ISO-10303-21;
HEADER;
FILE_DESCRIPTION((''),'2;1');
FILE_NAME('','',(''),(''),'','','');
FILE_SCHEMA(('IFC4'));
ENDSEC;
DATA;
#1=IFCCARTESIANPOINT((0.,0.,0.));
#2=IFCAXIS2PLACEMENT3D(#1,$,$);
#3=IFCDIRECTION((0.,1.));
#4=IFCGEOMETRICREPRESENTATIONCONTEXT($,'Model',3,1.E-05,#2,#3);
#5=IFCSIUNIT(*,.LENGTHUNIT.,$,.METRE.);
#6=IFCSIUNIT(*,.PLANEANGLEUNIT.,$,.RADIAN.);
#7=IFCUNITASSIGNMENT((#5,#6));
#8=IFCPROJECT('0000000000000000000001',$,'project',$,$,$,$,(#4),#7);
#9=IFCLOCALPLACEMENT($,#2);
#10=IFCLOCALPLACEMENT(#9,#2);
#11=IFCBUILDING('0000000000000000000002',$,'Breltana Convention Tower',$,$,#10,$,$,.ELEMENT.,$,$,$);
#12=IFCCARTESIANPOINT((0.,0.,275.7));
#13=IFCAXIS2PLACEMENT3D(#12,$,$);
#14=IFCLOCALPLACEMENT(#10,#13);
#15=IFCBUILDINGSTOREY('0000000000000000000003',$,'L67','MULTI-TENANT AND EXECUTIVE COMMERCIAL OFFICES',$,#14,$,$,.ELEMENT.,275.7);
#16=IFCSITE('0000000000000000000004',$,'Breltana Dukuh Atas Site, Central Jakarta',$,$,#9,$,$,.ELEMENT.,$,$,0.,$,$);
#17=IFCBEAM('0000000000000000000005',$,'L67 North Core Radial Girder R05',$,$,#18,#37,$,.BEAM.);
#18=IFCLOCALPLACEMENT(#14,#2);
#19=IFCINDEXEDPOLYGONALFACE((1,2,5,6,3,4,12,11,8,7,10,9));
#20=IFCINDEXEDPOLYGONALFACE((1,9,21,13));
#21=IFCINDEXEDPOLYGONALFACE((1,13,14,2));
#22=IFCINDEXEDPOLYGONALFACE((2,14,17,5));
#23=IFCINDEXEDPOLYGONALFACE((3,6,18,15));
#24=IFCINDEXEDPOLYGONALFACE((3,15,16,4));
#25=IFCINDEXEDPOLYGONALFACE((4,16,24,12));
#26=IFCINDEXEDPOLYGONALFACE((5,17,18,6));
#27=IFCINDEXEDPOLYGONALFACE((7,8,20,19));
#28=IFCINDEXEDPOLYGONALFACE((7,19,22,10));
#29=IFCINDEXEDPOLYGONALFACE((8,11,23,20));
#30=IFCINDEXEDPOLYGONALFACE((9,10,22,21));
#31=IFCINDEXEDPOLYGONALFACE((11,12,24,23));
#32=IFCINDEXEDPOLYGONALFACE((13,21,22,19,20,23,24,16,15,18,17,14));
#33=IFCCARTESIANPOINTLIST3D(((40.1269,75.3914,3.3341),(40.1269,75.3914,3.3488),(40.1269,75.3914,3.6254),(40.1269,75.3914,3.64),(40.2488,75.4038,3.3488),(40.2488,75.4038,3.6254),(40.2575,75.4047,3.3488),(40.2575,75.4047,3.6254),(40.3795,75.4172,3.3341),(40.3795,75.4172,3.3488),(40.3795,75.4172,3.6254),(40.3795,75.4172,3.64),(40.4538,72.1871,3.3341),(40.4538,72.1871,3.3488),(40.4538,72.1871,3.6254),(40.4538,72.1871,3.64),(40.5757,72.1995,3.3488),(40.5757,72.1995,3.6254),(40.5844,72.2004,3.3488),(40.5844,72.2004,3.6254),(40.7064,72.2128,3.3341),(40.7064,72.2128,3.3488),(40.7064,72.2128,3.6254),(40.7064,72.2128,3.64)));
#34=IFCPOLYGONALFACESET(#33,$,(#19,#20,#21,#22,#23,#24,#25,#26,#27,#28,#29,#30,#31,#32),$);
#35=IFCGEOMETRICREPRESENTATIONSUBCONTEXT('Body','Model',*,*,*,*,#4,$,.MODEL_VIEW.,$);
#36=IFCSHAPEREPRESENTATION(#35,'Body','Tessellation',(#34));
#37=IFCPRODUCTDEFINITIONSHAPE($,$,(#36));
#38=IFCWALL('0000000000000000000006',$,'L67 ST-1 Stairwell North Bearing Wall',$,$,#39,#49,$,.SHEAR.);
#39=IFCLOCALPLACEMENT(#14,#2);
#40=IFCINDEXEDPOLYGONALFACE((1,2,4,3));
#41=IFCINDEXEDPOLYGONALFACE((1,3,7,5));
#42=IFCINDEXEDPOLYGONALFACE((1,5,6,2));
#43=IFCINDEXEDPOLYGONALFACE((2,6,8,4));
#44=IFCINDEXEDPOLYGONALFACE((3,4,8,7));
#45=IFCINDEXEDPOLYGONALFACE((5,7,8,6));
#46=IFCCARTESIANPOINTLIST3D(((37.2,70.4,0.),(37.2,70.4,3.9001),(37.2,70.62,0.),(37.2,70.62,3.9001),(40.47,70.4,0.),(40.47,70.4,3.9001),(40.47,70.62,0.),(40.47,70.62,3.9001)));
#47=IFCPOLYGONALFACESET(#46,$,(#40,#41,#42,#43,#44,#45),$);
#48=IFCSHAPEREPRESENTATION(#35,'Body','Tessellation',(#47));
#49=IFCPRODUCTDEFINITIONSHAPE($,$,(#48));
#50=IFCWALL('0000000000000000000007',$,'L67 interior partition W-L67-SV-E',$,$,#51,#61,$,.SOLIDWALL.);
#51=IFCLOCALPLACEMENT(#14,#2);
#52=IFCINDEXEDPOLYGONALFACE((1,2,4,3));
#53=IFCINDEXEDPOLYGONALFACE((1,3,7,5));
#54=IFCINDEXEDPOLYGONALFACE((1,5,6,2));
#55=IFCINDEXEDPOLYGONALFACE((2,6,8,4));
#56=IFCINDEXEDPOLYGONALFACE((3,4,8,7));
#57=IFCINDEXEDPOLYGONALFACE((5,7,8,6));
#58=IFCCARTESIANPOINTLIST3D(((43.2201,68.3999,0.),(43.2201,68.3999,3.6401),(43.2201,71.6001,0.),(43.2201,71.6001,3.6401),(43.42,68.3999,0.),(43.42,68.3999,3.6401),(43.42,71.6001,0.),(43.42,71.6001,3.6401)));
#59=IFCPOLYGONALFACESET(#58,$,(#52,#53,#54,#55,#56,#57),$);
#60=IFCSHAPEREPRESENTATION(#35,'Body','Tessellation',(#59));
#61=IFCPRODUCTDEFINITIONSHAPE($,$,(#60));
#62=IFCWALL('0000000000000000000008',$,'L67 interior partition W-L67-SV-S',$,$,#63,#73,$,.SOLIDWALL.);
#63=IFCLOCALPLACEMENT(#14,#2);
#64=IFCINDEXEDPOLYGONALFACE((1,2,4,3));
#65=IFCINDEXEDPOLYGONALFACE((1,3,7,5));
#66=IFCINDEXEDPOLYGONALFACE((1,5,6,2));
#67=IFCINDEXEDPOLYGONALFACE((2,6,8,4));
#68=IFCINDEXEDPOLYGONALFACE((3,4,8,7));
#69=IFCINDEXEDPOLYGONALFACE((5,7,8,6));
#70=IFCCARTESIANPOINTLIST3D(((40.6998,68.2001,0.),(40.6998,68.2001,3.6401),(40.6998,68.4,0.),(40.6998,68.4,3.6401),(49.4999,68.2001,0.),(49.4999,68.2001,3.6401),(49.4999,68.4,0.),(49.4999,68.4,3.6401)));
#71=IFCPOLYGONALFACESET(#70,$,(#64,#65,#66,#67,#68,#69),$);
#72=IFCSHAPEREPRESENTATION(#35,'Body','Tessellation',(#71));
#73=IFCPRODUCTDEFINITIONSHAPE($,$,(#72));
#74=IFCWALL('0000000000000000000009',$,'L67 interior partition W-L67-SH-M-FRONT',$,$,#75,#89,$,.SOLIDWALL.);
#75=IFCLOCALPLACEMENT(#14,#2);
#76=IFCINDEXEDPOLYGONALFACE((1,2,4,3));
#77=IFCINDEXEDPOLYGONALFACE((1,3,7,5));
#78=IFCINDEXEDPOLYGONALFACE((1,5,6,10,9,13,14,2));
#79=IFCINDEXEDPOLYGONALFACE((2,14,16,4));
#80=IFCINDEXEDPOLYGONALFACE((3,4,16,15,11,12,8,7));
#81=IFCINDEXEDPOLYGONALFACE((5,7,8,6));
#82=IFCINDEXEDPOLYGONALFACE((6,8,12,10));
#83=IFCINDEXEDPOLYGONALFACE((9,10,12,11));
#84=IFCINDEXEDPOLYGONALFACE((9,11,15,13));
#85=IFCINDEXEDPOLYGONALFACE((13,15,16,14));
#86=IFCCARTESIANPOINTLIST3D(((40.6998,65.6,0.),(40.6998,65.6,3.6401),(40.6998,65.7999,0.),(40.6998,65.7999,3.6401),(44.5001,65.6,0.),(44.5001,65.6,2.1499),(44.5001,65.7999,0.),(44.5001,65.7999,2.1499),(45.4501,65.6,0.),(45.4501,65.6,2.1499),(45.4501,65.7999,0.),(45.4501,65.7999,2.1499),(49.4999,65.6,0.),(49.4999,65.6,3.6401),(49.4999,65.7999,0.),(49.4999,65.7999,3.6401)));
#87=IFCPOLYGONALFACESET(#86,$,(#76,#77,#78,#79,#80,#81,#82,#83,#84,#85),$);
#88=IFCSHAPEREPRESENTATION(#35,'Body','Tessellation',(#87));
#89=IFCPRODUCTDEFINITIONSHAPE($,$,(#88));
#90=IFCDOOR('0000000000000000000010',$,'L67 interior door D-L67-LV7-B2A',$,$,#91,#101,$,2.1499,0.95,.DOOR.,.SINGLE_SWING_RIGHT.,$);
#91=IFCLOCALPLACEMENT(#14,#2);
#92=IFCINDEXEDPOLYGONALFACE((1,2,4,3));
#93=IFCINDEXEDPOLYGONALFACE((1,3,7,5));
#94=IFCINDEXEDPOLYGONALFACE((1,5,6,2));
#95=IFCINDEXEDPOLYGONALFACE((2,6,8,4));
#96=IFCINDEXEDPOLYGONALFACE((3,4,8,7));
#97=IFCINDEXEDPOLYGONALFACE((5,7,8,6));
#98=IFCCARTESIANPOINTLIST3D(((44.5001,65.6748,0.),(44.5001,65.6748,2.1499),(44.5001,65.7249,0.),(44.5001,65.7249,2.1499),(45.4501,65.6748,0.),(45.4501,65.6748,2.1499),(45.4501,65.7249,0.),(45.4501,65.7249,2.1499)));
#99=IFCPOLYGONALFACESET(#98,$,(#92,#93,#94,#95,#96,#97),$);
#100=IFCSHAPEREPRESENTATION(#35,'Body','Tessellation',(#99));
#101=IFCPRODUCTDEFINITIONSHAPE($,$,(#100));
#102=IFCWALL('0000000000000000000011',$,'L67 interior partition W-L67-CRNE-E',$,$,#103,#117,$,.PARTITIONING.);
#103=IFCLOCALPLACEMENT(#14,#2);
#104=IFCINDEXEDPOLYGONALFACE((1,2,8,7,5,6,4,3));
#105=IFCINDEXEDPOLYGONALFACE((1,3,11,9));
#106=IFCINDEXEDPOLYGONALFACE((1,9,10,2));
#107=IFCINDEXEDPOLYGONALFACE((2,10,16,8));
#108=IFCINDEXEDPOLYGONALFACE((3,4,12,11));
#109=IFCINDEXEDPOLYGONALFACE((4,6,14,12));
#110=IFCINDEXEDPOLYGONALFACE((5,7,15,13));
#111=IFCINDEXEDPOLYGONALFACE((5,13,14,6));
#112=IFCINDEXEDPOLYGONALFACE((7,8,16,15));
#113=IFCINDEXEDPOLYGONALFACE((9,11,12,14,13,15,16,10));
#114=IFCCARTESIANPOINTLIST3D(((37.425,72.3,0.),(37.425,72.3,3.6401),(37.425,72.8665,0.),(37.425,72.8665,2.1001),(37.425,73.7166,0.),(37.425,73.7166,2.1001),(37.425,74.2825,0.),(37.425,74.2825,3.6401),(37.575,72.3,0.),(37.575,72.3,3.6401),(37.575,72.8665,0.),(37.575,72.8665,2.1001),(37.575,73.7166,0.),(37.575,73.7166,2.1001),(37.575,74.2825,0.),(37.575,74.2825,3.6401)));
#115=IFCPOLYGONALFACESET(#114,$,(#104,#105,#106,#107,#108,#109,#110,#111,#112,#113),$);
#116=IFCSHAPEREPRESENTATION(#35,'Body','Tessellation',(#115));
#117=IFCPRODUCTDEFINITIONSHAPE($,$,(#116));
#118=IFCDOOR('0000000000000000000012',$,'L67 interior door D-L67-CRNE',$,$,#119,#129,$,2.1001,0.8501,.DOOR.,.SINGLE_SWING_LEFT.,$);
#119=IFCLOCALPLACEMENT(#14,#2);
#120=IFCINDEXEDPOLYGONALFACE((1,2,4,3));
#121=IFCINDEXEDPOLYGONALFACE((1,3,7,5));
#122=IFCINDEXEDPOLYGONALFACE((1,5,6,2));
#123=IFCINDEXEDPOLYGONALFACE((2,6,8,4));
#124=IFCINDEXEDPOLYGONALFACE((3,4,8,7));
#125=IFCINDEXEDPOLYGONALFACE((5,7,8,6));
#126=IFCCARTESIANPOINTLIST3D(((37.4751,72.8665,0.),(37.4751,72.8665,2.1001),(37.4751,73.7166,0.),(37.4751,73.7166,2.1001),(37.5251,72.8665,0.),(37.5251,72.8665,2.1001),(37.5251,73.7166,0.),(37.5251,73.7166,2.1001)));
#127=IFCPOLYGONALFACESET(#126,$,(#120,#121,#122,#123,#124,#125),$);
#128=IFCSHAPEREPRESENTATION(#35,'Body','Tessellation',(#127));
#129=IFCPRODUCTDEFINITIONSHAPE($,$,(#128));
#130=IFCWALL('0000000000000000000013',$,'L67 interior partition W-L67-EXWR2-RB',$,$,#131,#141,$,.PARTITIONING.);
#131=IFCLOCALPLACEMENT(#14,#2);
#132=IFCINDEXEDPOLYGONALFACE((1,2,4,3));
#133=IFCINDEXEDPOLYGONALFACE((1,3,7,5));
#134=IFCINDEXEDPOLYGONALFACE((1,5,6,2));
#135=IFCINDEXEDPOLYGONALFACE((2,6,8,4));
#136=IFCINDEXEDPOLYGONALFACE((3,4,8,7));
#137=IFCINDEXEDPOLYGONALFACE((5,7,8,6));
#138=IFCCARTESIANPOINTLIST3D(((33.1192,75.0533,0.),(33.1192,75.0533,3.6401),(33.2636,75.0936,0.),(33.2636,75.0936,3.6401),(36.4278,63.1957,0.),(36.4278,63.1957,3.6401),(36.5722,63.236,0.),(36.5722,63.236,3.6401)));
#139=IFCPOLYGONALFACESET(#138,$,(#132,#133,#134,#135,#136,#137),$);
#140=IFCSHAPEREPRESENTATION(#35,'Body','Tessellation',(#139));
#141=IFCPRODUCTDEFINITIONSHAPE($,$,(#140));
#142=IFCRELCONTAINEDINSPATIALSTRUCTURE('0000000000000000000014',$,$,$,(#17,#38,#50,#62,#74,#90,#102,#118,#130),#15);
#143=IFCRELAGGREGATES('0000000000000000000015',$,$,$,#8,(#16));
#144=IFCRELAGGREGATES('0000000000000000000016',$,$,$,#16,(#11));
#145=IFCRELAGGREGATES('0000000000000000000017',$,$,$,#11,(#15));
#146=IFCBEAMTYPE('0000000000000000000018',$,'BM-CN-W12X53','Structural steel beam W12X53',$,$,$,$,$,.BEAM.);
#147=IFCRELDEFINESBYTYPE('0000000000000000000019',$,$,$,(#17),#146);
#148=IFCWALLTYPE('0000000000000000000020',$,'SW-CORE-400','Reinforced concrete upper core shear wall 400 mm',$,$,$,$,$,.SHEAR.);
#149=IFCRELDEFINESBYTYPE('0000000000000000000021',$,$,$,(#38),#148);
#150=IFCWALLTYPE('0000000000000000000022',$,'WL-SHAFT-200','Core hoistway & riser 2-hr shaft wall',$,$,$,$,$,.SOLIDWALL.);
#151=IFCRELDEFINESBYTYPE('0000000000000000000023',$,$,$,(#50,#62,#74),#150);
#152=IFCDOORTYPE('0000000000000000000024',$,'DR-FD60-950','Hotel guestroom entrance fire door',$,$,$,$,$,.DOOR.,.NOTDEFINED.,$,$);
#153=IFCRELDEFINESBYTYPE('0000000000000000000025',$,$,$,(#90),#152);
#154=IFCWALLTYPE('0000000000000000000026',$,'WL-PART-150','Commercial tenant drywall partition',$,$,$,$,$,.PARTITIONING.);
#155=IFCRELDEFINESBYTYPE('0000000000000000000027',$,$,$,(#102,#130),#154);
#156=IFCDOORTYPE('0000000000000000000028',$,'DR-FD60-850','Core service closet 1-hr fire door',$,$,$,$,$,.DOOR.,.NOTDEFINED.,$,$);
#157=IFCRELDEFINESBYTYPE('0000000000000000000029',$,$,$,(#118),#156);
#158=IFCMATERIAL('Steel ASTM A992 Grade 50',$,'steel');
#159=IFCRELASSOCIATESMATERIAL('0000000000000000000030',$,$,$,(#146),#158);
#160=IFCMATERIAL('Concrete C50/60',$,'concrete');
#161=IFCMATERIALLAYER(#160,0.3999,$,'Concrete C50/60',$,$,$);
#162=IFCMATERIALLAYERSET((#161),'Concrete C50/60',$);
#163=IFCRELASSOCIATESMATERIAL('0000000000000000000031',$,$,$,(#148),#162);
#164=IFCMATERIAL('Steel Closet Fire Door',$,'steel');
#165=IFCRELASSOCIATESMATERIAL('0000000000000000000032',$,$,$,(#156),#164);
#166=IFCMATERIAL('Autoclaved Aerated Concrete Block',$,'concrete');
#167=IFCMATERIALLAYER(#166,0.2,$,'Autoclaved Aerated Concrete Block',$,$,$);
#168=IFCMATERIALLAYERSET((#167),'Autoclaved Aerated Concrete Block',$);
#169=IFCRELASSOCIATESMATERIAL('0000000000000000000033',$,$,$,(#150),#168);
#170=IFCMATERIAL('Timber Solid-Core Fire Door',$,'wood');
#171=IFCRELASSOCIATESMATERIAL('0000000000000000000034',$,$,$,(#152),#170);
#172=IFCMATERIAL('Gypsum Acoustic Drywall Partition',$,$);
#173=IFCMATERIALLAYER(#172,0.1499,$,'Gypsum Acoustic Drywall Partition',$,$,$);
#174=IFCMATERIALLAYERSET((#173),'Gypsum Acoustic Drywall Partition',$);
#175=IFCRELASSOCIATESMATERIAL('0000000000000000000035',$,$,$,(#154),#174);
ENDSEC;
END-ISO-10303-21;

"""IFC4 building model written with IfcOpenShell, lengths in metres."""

from ifc_helpers import new_model, si_unit, direction, frame, frame_2d, origin, origin_2d, place, context, subcontext, project, spatial, rectangle, i_section, extrude, source, transform, mapped, material, layer, layer_set, material_profile, profile_set, type_object, type_shapes, element, fill, save


model = new_model("IFC4")

# Units and contexts
model_context = context("Model", 3, precision=1e-05, world=origin(), true_north=direction((0.0, 1.0)))
body_context = subcontext(model_context, "Body", "Model", "MODEL_VIEW")
ifc_project = project(units=[si_unit("LENGTHUNIT", "METRE"), si_unit("PLANEANGLEUNIT", "RADIAN")], contexts=[model_context])

# Site, building, storey
site_placement = place(None, origin())
site = spatial("IfcSite", under=ifc_project, at=site_placement, Name="Breltana Dukuh Atas Site, Central Jakarta", CompositionType="ELEMENT", RefElevation=0.0)
building_placement = place(site_placement, origin())
building = spatial("IfcBuilding", under=site, at=building_placement, Name="Breltana Convention Tower", CompositionType="ELEMENT")
storey_placement = place(building_placement, frame((0.0, 0.0, 275.7)))
storey = spatial("IfcBuildingStorey", under=building, at=storey_placement, Name="L67", Description="MULTI-TENANT AND EXECUTIVE COMMERCIAL OFFICES", CompositionType="ELEMENT", Elevation=275.7)

# Beam
ifc_material_1 = material(Name="Steel ASTM A992 Grade 50", Category="steel")
ifc_material_profile = material_profile(ifc_material_1, i_section(OverallWidth=0.2539, OverallDepth=0.3059, WebThickness=0.0088, FlangeThickness=0.0146, at=origin_2d()), Name="W12X53")
ifc_profile_set = profile_set([ifc_material_profile], Name="Steel ASTM A992 Grade 50")
beam_type = type_object("IfcBeamType", Name="BM-CN-W12X53", Description="Structural steel beam W12X53", PredefinedType="BEAM", material=ifc_profile_set)
shared_shape_1 = source(origin(), body_context, "Body", "SweptSolid", [
    extrude(i_section(OverallWidth=0.2539, OverallDepth=0.3059, WebThickness=0.0088, FlangeThickness=0.0146, at=origin_2d()), origin(), (0.0, 0.0, 1.0), 3.2209),
])
beam_placement = place(storey_placement, frame((40.5801, 72.2, 3.4871), z_axis=(-0.101492, 0.994836, 0.0), x_axis=(-0.994836, -0.101492, 0.0)))
element("IfcBeam", 1, at=beam_placement, inside=storey, type_object=beam_type, Name="L67 North Core Radial Girder R05", PredefinedType="BEAM", context=body_context, shape_type="MappedRepresentation", body=[
    mapped(shared_shape_1, transform((0.0, 0.0, 0.0), scale=1.0)),
])

# Wall
ifc_material_2 = material(Name="Concrete C50/60", Category="concrete")
ifc_layer_1 = layer(ifc_material_2, 0.3999, Name="Concrete C50/60")
ifc_layer_set_1 = layer_set([ifc_layer_1], Name="Concrete C50/60")
wall_type_1 = type_object("IfcWallType", Name="SW-CORE-400", Description="Reinforced concrete upper core shear wall 400 mm", PredefinedType="SHEAR", material=ifc_layer_set_1)
shared_shape_2 = source(origin(), body_context, "Body", "SweptSolid", [
    extrude(rectangle(XDim=3.27, YDim=0.22, at=frame_2d((1.635, 0.0))), origin(), (0.0, 0.0, 1.0), 3.9001),
])
wall_1_placement = place(storey_placement, frame((37.2, 70.51, 0.0), z_axis=(0.0, 0.0, 1.0), x_axis=(1.0, 0.0, 0.0)))
element("IfcWall", 2, at=wall_1_placement, inside=storey, type_object=wall_type_1, Name="L67 ST-1 Stairwell North Bearing Wall", PredefinedType="SHEAR", context=body_context, shape_type="MappedRepresentation", body=[
    mapped(shared_shape_2, transform((0.0, 0.0, 0.0), scale=1.0)),
])

# Shared definitions
ifc_material_3 = material(Name="Steel Closet Fire Door", Category="steel")
door_type_1 = type_object("IfcDoorType", Name="DR-FD60-850", Description="Core service closet 1-hr fire door", OperationType="NOTDEFINED", PredefinedType="DOOR", material=ifc_material_3)
shared_shape_3 = source(origin(), body_context, "Body", "SweptSolid", [
    extrude(rectangle(XDim=0.8501, YDim=2.1001, at=frame_2d((0.425, 1.05))), frame((0.0, 0.0249, 0.0), z_axis=(0.0, -1.0, 0.0), x_axis=(1.0, 0.0, 0.0)), (0.0, 0.0, 1.0), 0.05),
])
type_shapes(door_type_1, [shared_shape_3])

# Walls
ifc_material_4 = material(Name="Autoclaved Aerated Concrete Block", Category="concrete")
ifc_layer_2 = layer(ifc_material_4, 0.2, Name="Autoclaved Aerated Concrete Block")
ifc_layer_set_2 = layer_set([ifc_layer_2], Name="Autoclaved Aerated Concrete Block")
wall_type_2 = type_object("IfcWallType", Name="WL-SHAFT-200", Description="Core hoistway & riser 2-hr shaft wall", PredefinedType="SOLIDWALL", material=ifc_layer_set_2)
shared_shape_4 = source(origin(), body_context, "Body", "SweptSolid", [
    extrude(rectangle(XDim=3.2002, YDim=0.2, at=frame_2d((1.6001, 0.0))), origin(), (0.0, 0.0, 1.0), 3.6401),
])
wall_2_placement = place(storey_placement, frame((43.3201, 68.3999, 0.0), z_axis=(0.0, 0.0, 1.0), x_axis=(0.0, 1.0, 0.0)))
element("IfcWall", 3, at=wall_2_placement, inside=storey, type_object=wall_type_2, Name="L67 interior partition W-L67-SV-E", PredefinedType="SOLIDWALL", context=body_context, shape_type="MappedRepresentation", body=[
    mapped(shared_shape_4, transform((0.0, 0.0, 0.0), scale=1.0)),
])
shared_shape_5 = source(origin(), body_context, "Body", "SweptSolid", [
    extrude(rectangle(XDim=8.8, YDim=0.2, at=frame_2d((4.3999, 0.0))), origin(), (0.0, 0.0, 1.0), 3.6401),
])
wall_3_placement = place(storey_placement, frame((40.7, 68.3, 0.0), z_axis=(0.0, 0.0, 1.0), x_axis=(1.0, 0.0, 0.0)))
element("IfcWall", 4, at=wall_3_placement, inside=storey, type_object=wall_type_2, Name="L67 interior partition W-L67-SV-S", PredefinedType="SOLIDWALL", context=body_context, shape_type="MappedRepresentation", body=[
    mapped(shared_shape_5, transform((0.0, 0.0, 0.0), scale=1.0)),
])

# Wall, opening, door
wall_4_placement = place(storey_placement, frame((40.7, 65.7, 0.0), z_axis=(0.0, 0.0, 1.0), x_axis=(1.0, 0.0, 0.0)))
wall_4 = element("IfcWall", 5, at=wall_4_placement, inside=storey, type_object=wall_type_2, Name="L67 interior partition W-L67-SH-M-FRONT", PredefinedType="SOLIDWALL", context=body_context, shape_type="MappedRepresentation", body=[
    mapped(shared_shape_5, transform((0.0, 0.0, 0.0), scale=1.0)),
])
opening_1_placement = place(wall_4_placement, frame((3.8, 0.0, 0.0)))
opening_1 = element("IfcOpeningElement", 6, at=opening_1_placement, cuts=wall_4, PredefinedType="OPENING", context=body_context, shape_type="SweptSolid", body=[
    extrude(rectangle(XDim=0.95, YDim=2.1499, at=frame_2d((0.4751, 1.075))), frame((0.0, 0.1099, 0.0), z_axis=(0.0, -1.0, 0.0), x_axis=(1.0, 0.0, 0.0)), (0.0, 0.0, 1.0), 0.22),
])
ifc_material_5 = material(Name="Timber Solid-Core Fire Door", Category="wood")
door_type_2 = type_object("IfcDoorType", Name="DR-FD60-950", Description="Hotel guestroom entrance fire door", OperationType="NOTDEFINED", PredefinedType="DOOR", material=ifc_material_5)
shared_shape_6 = source(origin(), body_context, "Body", "SweptSolid", [
    extrude(rectangle(XDim=0.95, YDim=2.1499, at=frame_2d((0.4751, 1.075))), frame((0.0, 0.0249, 0.0), z_axis=(0.0, -1.0, 0.0), x_axis=(1.0, 0.0, 0.0)), (0.0, 0.0, 1.0), 0.05),
])
type_shapes(door_type_2, [shared_shape_6])
door_1_placement = place(opening_1_placement, origin())
door_1 = element("IfcDoor", 7, at=door_1_placement, inside=storey, type_object=door_type_2, Name="L67 interior door D-L67-LV7-B2A", OperationType="SINGLE_SWING_RIGHT", OverallHeight=2.1499, OverallWidth=0.95, PredefinedType="DOOR", context=body_context, shape_type="MappedRepresentation", body=[
    mapped(shared_shape_6, transform((0.0, 0.0, 0.0), scale=1.0)),
])
fill(opening_1, door_1)

# Wall, opening, door
ifc_material_6 = material(Name="Gypsum Acoustic Drywall Partition")
ifc_layer_3 = layer(ifc_material_6, 0.1499, Name="Gypsum Acoustic Drywall Partition")
ifc_layer_set_3 = layer_set([ifc_layer_3], Name="Gypsum Acoustic Drywall Partition")
wall_type_3 = type_object("IfcWallType", Name="WL-PART-150", Description="Commercial tenant drywall partition", PredefinedType="PARTITIONING", material=ifc_layer_set_3)
shared_shape_7 = source(origin(), body_context, "Body", "SweptSolid", [
    extrude(rectangle(XDim=1.9824, YDim=0.1499, at=frame_2d((0.9912, 0.0))), origin(), (0.0, 0.0, 1.0), 3.6401),
])
wall_5_placement = place(storey_placement, frame((37.5, 72.3, 0.0), z_axis=(0.0, 0.0, 1.0), x_axis=(0.0, 1.0, 0.0)))
wall_5 = element("IfcWall", 8, at=wall_5_placement, inside=storey, type_object=wall_type_3, Name="L67 interior partition W-L67-CRNE-E", PredefinedType="PARTITIONING", context=body_context, shape_type="MappedRepresentation", body=[
    mapped(shared_shape_7, transform((0.0, 0.0, 0.0), scale=1.0)),
])
opening_2_placement = place(wall_5_placement, frame((0.5664, 0.0, 0.0)))
opening_2 = element("IfcOpeningElement", 9, at=opening_2_placement, cuts=wall_5, PredefinedType="OPENING", context=body_context, shape_type="SweptSolid", body=[
    extrude(rectangle(XDim=0.8501, YDim=2.1001, at=frame_2d((0.425, 1.05))), frame((0.0, 0.085, 0.0), z_axis=(0.0, -1.0, 0.0), x_axis=(1.0, 0.0, 0.0)), (0.0, 0.0, 1.0), 0.1699),
])
door_2_placement = place(opening_2_placement, origin())
door_2 = element("IfcDoor", 10, at=door_2_placement, inside=storey, type_object=door_type_1, Name="L67 interior door D-L67-CRNE", OperationType="SINGLE_SWING_LEFT", OverallHeight=2.1001, OverallWidth=0.8501, PredefinedType="DOOR", context=body_context, shape_type="MappedRepresentation", body=[
    mapped(shared_shape_3, transform((0.0, 0.0, 0.0), scale=1.0)),
])
fill(opening_2, door_2)

# Wall
shared_shape_8 = source(origin(), body_context, "Body", "SweptSolid", [
    extrude(rectangle(XDim=12.3105, YDim=0.1499, at=frame_2d((6.1553, 0.0))), origin(), (0.0, 0.0, 1.0), 3.6401),
])
wall_6_placement = place(storey_placement, frame((36.5, 63.2158, 0.0), z_axis=(0.0, 0.0, 1.0), x_axis=(-0.26876, 0.963207, 0.0)))
element("IfcWall", 11, at=wall_6_placement, inside=storey, type_object=wall_type_3, Name="L67 interior partition W-L67-EXWR2-RB", PredefinedType="PARTITIONING", context=body_context, shape_type="MappedRepresentation", body=[
    mapped(shared_shape_8, transform((0.0, 0.0, 0.0), scale=1.0)),
])

save(model, "model.ifc")
